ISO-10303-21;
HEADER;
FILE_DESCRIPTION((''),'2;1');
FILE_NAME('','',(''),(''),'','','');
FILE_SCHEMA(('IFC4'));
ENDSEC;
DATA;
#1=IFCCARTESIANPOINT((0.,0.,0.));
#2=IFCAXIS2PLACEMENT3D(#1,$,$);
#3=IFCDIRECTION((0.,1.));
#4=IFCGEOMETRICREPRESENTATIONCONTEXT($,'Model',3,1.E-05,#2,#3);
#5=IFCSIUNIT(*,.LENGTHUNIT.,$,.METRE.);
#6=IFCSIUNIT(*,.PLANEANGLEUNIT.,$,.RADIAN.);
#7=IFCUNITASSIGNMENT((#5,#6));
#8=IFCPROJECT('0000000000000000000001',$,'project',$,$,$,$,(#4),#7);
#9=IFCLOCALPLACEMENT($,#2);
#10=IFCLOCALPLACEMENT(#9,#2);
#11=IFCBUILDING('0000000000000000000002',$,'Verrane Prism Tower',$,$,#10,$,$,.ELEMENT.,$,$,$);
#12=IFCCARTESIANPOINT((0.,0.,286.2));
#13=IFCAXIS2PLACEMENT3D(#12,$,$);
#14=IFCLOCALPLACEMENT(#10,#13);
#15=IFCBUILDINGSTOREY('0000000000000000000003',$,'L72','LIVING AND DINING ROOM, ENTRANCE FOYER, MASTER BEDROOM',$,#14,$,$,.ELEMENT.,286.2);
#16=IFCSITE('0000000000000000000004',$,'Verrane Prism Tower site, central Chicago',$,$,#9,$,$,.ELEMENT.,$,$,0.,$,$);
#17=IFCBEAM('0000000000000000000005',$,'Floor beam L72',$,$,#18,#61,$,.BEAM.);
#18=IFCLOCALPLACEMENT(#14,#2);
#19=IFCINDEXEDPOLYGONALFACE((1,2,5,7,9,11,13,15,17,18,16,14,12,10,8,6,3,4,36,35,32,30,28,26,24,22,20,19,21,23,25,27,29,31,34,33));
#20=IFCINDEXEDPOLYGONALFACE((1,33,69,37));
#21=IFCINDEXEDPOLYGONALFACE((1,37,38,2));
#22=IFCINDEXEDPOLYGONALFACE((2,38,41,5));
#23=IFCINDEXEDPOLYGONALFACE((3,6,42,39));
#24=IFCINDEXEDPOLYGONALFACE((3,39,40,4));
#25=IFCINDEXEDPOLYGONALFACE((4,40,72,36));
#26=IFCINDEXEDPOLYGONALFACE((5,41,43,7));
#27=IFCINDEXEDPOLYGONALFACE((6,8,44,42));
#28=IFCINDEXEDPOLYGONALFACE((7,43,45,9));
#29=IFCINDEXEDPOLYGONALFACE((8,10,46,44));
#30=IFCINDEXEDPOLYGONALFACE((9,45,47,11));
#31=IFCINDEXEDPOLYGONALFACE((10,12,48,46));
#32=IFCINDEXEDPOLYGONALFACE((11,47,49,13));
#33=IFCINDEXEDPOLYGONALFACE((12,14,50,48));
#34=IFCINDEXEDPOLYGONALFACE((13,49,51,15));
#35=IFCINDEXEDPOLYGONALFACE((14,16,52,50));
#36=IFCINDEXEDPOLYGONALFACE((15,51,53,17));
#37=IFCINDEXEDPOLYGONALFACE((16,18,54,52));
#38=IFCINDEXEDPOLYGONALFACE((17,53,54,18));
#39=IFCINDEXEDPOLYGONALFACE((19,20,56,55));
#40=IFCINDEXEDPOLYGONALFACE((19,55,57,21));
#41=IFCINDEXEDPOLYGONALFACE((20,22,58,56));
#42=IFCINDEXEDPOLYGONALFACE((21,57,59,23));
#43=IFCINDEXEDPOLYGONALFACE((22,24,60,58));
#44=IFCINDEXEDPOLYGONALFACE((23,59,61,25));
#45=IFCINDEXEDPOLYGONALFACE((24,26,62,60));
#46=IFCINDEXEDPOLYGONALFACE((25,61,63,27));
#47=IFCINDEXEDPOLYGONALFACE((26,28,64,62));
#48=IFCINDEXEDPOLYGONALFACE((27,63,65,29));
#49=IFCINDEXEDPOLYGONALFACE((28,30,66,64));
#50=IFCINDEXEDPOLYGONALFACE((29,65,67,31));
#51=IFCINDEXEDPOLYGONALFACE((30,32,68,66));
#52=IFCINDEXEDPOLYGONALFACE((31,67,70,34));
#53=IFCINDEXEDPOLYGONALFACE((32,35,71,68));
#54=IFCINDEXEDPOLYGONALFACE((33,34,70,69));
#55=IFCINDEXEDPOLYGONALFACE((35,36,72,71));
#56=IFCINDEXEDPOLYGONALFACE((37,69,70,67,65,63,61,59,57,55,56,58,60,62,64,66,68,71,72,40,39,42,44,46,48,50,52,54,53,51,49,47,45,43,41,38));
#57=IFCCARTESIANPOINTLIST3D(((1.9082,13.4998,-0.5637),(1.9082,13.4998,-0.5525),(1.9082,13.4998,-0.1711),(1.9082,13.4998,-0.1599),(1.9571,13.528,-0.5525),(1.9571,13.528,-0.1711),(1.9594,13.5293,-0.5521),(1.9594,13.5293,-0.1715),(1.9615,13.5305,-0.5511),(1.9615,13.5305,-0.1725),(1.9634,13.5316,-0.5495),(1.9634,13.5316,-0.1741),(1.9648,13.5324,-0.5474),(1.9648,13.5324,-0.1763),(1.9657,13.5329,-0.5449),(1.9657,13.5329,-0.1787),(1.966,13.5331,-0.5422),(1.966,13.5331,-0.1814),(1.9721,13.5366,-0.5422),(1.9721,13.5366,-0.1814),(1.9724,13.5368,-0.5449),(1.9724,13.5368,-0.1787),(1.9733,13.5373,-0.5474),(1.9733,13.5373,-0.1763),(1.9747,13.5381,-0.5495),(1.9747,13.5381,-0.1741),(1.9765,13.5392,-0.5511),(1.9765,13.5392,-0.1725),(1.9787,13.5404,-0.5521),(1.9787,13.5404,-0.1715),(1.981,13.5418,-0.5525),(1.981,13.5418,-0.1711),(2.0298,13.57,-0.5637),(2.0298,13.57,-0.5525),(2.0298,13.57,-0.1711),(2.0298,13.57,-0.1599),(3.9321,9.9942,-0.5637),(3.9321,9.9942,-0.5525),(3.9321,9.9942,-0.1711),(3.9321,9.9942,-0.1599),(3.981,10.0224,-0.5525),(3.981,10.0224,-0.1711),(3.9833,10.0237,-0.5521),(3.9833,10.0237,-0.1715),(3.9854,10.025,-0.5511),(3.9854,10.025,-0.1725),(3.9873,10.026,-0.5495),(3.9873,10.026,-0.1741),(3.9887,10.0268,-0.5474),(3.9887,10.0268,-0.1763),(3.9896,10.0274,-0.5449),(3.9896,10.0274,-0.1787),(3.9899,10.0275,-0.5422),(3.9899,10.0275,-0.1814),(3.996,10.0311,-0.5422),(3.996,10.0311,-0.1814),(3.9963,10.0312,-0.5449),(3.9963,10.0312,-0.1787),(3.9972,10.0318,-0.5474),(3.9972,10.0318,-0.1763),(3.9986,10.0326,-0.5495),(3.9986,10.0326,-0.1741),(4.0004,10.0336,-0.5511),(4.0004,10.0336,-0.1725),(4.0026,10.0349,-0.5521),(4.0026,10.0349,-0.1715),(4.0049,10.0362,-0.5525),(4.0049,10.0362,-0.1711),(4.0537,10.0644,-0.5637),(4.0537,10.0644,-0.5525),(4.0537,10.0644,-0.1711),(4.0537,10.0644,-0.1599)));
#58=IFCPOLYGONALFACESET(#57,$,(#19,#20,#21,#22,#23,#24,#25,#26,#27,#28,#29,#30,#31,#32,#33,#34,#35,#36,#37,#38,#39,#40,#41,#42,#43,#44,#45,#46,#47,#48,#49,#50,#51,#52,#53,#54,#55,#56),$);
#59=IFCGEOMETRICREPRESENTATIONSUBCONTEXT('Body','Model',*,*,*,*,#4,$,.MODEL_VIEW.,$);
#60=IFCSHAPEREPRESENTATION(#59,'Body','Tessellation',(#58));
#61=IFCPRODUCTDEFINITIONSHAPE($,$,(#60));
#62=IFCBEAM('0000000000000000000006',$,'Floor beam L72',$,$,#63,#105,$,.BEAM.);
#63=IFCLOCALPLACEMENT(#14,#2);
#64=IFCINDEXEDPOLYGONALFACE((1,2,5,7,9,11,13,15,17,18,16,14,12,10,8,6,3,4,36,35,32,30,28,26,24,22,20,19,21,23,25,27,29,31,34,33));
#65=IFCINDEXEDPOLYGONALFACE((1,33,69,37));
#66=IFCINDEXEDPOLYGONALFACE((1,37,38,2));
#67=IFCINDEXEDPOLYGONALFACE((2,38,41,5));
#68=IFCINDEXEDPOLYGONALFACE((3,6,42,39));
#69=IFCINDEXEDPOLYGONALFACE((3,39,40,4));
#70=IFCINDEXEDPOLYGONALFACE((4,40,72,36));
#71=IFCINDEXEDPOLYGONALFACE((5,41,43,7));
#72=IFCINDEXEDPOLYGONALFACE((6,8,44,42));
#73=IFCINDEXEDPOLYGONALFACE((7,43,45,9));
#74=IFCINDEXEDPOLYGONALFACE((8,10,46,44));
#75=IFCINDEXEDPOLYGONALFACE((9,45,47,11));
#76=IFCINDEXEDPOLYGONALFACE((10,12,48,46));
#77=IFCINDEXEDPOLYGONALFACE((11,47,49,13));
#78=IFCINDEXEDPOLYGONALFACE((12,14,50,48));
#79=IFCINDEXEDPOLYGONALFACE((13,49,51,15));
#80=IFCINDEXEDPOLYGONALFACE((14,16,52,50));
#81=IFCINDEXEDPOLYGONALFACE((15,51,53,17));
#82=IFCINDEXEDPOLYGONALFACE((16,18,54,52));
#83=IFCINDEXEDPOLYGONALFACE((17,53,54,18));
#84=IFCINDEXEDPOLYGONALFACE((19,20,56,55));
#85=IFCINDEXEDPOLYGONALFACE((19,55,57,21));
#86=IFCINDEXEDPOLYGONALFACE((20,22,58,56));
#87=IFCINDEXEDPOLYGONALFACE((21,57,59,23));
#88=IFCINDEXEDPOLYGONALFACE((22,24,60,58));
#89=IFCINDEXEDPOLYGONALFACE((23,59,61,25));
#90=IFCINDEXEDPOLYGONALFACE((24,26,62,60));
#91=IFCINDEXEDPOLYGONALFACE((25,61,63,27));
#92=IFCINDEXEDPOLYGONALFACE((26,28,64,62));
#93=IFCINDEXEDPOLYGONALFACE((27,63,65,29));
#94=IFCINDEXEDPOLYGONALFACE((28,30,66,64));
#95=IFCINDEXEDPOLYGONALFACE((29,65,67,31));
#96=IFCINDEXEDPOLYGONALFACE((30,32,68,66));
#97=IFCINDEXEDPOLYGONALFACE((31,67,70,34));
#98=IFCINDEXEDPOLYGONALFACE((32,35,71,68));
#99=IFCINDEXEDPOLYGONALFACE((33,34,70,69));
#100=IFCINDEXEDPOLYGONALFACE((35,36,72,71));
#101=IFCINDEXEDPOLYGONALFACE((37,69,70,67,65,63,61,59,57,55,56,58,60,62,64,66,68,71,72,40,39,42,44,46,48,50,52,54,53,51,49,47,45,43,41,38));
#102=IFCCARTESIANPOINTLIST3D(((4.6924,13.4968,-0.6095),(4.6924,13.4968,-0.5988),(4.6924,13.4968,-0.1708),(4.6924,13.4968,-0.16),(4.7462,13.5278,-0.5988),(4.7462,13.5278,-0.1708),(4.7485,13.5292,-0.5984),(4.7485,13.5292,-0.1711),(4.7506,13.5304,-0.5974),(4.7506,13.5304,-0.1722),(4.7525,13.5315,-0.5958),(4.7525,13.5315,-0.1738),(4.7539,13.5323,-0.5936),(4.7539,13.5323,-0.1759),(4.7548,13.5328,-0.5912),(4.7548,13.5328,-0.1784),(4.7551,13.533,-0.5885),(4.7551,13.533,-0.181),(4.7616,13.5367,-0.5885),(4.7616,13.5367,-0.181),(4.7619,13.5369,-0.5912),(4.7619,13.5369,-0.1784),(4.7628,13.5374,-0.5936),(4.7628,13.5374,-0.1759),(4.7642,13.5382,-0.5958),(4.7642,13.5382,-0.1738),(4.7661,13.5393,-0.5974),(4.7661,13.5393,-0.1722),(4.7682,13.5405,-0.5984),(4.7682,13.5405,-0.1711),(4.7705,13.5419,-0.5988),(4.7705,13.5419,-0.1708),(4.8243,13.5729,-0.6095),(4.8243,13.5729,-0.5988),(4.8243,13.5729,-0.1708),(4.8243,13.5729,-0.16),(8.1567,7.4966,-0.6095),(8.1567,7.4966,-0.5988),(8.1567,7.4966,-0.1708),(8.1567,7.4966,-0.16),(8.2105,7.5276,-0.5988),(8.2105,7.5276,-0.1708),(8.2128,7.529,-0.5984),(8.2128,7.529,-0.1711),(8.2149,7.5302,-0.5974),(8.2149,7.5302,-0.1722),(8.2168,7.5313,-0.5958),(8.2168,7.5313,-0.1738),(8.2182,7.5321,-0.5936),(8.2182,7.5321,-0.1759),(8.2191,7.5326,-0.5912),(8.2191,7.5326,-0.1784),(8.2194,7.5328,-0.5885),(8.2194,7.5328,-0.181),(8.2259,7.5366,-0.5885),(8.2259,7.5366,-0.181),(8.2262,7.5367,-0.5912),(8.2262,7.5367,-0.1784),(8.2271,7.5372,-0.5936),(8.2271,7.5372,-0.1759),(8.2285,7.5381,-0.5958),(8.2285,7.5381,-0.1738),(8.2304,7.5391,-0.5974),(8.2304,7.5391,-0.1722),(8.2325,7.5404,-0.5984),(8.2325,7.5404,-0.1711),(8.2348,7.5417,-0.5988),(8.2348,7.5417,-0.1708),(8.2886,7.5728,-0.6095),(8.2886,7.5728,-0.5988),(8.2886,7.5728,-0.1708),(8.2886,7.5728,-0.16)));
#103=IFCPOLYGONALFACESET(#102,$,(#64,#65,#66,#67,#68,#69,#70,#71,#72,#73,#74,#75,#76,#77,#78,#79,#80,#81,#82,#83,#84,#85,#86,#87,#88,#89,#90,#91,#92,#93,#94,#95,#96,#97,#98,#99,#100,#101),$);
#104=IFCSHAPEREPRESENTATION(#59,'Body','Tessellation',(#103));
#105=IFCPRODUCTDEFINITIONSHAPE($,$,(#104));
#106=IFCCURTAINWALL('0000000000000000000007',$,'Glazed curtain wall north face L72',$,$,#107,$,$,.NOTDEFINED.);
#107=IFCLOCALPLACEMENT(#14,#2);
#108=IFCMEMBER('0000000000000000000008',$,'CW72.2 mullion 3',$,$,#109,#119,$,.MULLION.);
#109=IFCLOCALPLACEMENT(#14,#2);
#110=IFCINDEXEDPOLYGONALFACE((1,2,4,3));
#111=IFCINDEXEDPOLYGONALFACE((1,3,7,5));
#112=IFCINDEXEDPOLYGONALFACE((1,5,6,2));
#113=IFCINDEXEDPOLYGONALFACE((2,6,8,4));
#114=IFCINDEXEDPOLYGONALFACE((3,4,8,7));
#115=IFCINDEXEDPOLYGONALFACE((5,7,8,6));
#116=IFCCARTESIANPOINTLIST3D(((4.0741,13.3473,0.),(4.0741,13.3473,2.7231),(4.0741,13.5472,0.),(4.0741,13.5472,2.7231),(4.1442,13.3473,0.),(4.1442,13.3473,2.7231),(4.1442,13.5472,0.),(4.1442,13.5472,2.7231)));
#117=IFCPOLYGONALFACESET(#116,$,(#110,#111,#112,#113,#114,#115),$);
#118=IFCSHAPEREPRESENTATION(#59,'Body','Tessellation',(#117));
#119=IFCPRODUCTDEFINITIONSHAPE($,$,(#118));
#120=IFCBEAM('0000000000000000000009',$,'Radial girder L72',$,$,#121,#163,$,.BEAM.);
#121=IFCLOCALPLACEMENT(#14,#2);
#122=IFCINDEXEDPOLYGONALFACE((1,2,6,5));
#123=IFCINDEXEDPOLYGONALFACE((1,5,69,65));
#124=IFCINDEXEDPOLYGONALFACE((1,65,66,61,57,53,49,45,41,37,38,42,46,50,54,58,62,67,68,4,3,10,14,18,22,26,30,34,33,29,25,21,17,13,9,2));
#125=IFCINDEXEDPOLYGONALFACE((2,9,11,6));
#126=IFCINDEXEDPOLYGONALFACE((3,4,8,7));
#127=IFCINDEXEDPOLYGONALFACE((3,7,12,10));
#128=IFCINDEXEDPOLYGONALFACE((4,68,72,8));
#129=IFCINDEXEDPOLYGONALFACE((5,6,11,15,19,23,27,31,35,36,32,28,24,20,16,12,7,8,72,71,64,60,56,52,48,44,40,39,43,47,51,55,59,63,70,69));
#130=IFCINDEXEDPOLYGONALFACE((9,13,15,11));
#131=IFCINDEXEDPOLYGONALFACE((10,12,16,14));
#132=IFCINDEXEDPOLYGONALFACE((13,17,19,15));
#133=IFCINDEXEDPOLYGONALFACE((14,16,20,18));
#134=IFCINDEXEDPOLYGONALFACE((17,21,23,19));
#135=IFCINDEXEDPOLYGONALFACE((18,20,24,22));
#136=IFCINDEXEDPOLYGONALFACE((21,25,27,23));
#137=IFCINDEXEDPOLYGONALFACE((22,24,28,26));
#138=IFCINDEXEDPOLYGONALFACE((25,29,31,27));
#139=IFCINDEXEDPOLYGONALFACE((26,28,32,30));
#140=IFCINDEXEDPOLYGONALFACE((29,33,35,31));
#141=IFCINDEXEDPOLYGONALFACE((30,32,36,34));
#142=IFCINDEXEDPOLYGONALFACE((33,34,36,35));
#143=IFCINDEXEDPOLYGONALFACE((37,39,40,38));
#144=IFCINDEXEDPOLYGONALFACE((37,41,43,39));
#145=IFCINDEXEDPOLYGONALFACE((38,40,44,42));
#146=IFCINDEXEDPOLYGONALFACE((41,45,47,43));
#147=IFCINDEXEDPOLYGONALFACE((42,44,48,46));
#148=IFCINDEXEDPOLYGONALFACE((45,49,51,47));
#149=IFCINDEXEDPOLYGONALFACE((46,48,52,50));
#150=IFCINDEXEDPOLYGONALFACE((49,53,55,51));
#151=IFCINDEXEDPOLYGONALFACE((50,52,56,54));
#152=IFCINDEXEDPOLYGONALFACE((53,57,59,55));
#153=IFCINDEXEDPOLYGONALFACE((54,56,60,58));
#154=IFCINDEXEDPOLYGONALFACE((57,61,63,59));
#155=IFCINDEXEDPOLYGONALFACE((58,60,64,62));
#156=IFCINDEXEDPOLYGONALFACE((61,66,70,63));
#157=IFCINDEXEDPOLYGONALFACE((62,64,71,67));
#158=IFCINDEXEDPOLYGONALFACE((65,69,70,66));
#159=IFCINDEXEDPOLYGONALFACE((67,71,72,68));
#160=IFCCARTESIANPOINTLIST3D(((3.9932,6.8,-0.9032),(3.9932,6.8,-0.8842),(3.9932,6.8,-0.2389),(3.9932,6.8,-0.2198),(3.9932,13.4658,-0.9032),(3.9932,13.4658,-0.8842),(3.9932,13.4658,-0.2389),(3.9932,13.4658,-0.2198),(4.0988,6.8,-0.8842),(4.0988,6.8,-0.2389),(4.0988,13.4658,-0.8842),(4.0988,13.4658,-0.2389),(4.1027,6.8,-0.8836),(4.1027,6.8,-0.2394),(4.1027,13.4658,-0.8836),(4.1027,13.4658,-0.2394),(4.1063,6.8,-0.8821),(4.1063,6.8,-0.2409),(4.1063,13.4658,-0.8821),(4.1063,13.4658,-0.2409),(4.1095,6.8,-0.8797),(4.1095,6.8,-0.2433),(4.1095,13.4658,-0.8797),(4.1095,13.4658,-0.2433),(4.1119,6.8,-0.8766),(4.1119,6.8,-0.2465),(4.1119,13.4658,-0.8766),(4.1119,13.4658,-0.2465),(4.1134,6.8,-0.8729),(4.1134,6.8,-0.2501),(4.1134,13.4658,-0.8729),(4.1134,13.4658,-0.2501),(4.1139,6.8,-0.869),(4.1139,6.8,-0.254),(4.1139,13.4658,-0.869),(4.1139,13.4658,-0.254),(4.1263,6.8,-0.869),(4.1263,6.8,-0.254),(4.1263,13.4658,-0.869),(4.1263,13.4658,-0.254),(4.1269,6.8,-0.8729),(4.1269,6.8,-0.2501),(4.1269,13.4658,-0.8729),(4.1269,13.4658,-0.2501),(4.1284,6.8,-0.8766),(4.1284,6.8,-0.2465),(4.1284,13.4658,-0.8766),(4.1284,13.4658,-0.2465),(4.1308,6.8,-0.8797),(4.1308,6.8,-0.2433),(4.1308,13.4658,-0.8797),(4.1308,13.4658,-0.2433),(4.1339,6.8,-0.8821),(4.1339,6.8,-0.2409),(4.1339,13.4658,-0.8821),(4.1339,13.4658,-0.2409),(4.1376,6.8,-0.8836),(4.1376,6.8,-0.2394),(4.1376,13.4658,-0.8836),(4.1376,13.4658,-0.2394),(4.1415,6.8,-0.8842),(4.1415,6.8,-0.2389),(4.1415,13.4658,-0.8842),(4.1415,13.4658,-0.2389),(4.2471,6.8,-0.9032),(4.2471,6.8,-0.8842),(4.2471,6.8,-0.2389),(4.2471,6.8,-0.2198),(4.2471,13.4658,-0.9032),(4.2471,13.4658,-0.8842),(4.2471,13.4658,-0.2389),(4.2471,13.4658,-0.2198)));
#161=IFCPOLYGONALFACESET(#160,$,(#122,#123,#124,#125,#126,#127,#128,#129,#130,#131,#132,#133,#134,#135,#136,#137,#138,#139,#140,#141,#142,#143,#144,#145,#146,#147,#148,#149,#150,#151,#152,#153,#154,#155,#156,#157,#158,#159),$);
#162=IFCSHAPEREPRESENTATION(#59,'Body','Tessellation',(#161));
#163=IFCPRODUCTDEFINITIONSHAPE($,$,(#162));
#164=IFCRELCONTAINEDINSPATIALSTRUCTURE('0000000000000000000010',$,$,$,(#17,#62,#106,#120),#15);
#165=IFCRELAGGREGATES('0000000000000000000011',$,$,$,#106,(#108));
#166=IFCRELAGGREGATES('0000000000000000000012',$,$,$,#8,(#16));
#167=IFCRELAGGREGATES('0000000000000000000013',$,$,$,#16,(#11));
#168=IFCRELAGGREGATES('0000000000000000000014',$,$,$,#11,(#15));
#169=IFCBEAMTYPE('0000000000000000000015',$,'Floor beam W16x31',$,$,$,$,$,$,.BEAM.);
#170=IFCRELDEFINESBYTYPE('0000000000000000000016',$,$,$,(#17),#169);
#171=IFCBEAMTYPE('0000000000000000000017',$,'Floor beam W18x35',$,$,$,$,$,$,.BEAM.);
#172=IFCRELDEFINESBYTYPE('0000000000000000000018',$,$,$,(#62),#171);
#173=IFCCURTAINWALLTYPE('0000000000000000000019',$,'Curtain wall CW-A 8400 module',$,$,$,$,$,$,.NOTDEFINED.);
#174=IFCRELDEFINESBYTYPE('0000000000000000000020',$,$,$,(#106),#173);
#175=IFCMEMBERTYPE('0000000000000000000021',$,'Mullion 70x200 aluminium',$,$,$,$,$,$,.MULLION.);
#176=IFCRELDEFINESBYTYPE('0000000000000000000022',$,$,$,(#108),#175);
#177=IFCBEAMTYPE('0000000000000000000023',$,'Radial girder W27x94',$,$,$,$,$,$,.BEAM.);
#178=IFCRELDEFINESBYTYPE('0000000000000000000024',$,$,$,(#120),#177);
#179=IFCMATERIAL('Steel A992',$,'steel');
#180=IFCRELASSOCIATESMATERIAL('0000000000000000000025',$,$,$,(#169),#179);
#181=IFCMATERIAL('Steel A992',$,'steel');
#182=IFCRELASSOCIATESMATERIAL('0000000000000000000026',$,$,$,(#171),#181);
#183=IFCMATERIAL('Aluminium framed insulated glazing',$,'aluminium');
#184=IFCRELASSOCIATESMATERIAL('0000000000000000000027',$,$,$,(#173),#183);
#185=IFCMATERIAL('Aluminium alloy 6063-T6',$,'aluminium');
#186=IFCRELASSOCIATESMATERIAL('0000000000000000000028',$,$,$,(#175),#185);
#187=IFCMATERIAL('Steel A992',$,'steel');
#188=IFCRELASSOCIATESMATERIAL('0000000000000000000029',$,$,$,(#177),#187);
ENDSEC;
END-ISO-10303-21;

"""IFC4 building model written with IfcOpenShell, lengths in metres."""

from ifc_helpers import new_model, si_unit, direction, frame, origin, origin_2d, place, context, subcontext, project, spatial, rectangle, i_section, extrude, material, material_profile, profile_set, type_object, element, aggregate, save


model = new_model("IFC4")

# Units and contexts
model_context = context("Model", 3, precision=1e-05, world=origin(), true_north=direction((0.0, 1.0)))
body_context = subcontext(model_context, "Body", "Model", "MODEL_VIEW")
ifc_project = project(units=[si_unit("LENGTHUNIT", "METRE"), si_unit("PLANEANGLEUNIT", "RADIAN")], contexts=[model_context])

# Site, building, storey
site_placement = place(None, origin())
site = spatial("IfcSite", under=ifc_project, at=site_placement, Name="Verrane Prism Tower site, central Chicago", CompositionType="ELEMENT", RefElevation=0.0)
building_placement = place(site_placement, origin())
building = spatial("IfcBuilding", under=site, at=building_placement, Name="Verrane Prism Tower", CompositionType="ELEMENT")
storey_placement = place(building_placement, frame((0.0, 0.0, 286.2)))
storey = spatial("IfcBuildingStorey", under=building, at=storey_placement, Name="L72", Description="LIVING AND DINING ROOM, ENTRANCE FOYER, MASTER BEDROOM", CompositionType="ELEMENT", Elevation=286.2)

# Beams
ifc_material_1 = material(Name="Steel A992", Category="steel")
ifc_material_profile_1 = material_profile(ifc_material_1, i_section(OverallWidth=0.1404, OverallDepth=0.4038, WebThickness=0.0071, FlangeThickness=0.0112, FilletRadius=0.0103, at=origin_2d()), Name="W16x31")
ifc_profile_set_1 = profile_set([ifc_material_profile_1], Name="Steel A992")
beam_type_1 = type_object("IfcBeamType", Name="Floor beam W16x31", PredefinedType="BEAM", material=ifc_profile_set_1)
beam_1_placement = place(storey_placement, frame((3.9929, 10.0293, -0.3618), z_axis=(-0.499992, 0.86603, 0.0), x_axis=(-0.86603, -0.499992, 0.0)))
element("IfcBeam", 1, at=beam_1_placement, inside=storey, type_object=beam_type_1, Name="Floor beam L72", PredefinedType="BEAM", context=body_context, shape_type="SweptSolid", body=[
    extrude(i_section(OverallWidth=0.1404, OverallDepth=0.4038, WebThickness=0.0071, FlangeThickness=0.0112, FilletRadius=0.0103, at=origin_2d()), origin(), (0.0, 0.0, 1.0), 4.0479),
])
ifc_material_2 = material(Name="Steel A992", Category="steel")
ifc_material_profile_2 = material_profile(ifc_material_2, i_section(OverallWidth=0.1523, OverallDepth=0.4495, WebThickness=0.0076, FlangeThickness=0.0107, FilletRadius=0.0103, at=origin_2d()), Name="W18x35")
ifc_profile_set_2 = profile_set([ifc_material_profile_2], Name="Steel A992")
beam_type_2 = type_object("IfcBeamType", Name="Floor beam W18x35", PredefinedType="BEAM", material=ifc_profile_set_2)
beam_2_placement = place(storey_placement, frame((8.2227, 7.5347, -0.3848), z_axis=(-0.500012, 0.866018, 0.0), x_axis=(-0.866018, -0.500012, 0.0)))
element("IfcBeam", 2, at=beam_2_placement, inside=storey, type_object=beam_type_2, Name="Floor beam L72", PredefinedType="BEAM", context=body_context, shape_type="SweptSolid", body=[
    extrude(i_section(OverallWidth=0.1523, OverallDepth=0.4495, WebThickness=0.0076, FlangeThickness=0.0107, FilletRadius=0.0103, at=origin_2d()), origin(), (0.0, 0.0, 1.0), 6.9285),
])

# Curtain wall, member
ifc_material_3 = material(Name="Aluminium framed insulated glazing", Category="aluminium")
curtain_wall_type = type_object("IfcCurtainWallType", Name="Curtain wall CW-A 8400 module", PredefinedType="NOTDEFINED", material=ifc_material_3)
curtain_wall_placement = place(storey_placement, origin())
curtain_wall = element("IfcCurtainWall", 3, at=curtain_wall_placement, inside=storey, type_object=curtain_wall_type, Name="Glazed curtain wall north face L72", PredefinedType="NOTDEFINED")
ifc_material_4 = material(Name="Aluminium alloy 6063-T6", Category="aluminium")
ifc_material_profile_3 = material_profile(ifc_material_4, rectangle(XDim=0.2, YDim=0.0701, at=origin_2d()), Name="Mullion 70x200 aluminium")
ifc_profile_set_3 = profile_set([ifc_material_profile_3], Name="Aluminium alloy 6063-T6")
member_type_1 = type_object("IfcMemberType", Name="Mullion 70x200 aluminium", PredefinedType="MULLION", material=ifc_profile_set_3)
member_1_placement = place(storey_placement, frame((4.1091, 13.4473, 0.0), z_axis=(0.0, 0.0, 1.0), x_axis=(0.0, -1.0, 0.0)))
member_1 = element("IfcMember", 4, at=member_1_placement, type_object=member_type_1, Name="CW72.2 mullion 3", PredefinedType="MULLION", context=body_context, shape_type="SweptSolid", body=[
    extrude(rectangle(XDim=0.2, YDim=0.0701, at=origin_2d()), origin(), (0.0, 0.0, 1.0), 2.7231),
])

# Beam
ifc_material_5 = material(Name="Steel A992", Category="steel")
ifc_material_profile_4 = material_profile(ifc_material_5, i_section(OverallWidth=0.2539, OverallDepth=0.6833, WebThickness=0.0125, FlangeThickness=0.019, FilletRadius=0.0151, at=origin_2d()), Name="W27x94")
ifc_profile_set_4 = profile_set([ifc_material_profile_4], Name="Steel A992")
beam_type_3 = type_object("IfcBeamType", Name="Radial girder W27x94", PredefinedType="BEAM", material=ifc_profile_set_4)
beam_3_placement = place(storey_placement, frame((4.1201, 13.4658, -0.5615), z_axis=(0.0, -1.0, 0.0), x_axis=(1.0, 0.0, 0.0)))
element("IfcBeam", 5, at=beam_3_placement, inside=storey, type_object=beam_type_3, Name="Radial girder L72", PredefinedType="BEAM", context=body_context, shape_type="SweptSolid", body=[
    extrude(i_section(OverallWidth=0.2539, OverallDepth=0.6833, WebThickness=0.0125, FlangeThickness=0.019, FilletRadius=0.0151, at=origin_2d()), origin(), (0.0, 0.0, 1.0), 6.6658),
])

aggregate(curtain_wall, [member_1])

save(model, "model.ifc")
